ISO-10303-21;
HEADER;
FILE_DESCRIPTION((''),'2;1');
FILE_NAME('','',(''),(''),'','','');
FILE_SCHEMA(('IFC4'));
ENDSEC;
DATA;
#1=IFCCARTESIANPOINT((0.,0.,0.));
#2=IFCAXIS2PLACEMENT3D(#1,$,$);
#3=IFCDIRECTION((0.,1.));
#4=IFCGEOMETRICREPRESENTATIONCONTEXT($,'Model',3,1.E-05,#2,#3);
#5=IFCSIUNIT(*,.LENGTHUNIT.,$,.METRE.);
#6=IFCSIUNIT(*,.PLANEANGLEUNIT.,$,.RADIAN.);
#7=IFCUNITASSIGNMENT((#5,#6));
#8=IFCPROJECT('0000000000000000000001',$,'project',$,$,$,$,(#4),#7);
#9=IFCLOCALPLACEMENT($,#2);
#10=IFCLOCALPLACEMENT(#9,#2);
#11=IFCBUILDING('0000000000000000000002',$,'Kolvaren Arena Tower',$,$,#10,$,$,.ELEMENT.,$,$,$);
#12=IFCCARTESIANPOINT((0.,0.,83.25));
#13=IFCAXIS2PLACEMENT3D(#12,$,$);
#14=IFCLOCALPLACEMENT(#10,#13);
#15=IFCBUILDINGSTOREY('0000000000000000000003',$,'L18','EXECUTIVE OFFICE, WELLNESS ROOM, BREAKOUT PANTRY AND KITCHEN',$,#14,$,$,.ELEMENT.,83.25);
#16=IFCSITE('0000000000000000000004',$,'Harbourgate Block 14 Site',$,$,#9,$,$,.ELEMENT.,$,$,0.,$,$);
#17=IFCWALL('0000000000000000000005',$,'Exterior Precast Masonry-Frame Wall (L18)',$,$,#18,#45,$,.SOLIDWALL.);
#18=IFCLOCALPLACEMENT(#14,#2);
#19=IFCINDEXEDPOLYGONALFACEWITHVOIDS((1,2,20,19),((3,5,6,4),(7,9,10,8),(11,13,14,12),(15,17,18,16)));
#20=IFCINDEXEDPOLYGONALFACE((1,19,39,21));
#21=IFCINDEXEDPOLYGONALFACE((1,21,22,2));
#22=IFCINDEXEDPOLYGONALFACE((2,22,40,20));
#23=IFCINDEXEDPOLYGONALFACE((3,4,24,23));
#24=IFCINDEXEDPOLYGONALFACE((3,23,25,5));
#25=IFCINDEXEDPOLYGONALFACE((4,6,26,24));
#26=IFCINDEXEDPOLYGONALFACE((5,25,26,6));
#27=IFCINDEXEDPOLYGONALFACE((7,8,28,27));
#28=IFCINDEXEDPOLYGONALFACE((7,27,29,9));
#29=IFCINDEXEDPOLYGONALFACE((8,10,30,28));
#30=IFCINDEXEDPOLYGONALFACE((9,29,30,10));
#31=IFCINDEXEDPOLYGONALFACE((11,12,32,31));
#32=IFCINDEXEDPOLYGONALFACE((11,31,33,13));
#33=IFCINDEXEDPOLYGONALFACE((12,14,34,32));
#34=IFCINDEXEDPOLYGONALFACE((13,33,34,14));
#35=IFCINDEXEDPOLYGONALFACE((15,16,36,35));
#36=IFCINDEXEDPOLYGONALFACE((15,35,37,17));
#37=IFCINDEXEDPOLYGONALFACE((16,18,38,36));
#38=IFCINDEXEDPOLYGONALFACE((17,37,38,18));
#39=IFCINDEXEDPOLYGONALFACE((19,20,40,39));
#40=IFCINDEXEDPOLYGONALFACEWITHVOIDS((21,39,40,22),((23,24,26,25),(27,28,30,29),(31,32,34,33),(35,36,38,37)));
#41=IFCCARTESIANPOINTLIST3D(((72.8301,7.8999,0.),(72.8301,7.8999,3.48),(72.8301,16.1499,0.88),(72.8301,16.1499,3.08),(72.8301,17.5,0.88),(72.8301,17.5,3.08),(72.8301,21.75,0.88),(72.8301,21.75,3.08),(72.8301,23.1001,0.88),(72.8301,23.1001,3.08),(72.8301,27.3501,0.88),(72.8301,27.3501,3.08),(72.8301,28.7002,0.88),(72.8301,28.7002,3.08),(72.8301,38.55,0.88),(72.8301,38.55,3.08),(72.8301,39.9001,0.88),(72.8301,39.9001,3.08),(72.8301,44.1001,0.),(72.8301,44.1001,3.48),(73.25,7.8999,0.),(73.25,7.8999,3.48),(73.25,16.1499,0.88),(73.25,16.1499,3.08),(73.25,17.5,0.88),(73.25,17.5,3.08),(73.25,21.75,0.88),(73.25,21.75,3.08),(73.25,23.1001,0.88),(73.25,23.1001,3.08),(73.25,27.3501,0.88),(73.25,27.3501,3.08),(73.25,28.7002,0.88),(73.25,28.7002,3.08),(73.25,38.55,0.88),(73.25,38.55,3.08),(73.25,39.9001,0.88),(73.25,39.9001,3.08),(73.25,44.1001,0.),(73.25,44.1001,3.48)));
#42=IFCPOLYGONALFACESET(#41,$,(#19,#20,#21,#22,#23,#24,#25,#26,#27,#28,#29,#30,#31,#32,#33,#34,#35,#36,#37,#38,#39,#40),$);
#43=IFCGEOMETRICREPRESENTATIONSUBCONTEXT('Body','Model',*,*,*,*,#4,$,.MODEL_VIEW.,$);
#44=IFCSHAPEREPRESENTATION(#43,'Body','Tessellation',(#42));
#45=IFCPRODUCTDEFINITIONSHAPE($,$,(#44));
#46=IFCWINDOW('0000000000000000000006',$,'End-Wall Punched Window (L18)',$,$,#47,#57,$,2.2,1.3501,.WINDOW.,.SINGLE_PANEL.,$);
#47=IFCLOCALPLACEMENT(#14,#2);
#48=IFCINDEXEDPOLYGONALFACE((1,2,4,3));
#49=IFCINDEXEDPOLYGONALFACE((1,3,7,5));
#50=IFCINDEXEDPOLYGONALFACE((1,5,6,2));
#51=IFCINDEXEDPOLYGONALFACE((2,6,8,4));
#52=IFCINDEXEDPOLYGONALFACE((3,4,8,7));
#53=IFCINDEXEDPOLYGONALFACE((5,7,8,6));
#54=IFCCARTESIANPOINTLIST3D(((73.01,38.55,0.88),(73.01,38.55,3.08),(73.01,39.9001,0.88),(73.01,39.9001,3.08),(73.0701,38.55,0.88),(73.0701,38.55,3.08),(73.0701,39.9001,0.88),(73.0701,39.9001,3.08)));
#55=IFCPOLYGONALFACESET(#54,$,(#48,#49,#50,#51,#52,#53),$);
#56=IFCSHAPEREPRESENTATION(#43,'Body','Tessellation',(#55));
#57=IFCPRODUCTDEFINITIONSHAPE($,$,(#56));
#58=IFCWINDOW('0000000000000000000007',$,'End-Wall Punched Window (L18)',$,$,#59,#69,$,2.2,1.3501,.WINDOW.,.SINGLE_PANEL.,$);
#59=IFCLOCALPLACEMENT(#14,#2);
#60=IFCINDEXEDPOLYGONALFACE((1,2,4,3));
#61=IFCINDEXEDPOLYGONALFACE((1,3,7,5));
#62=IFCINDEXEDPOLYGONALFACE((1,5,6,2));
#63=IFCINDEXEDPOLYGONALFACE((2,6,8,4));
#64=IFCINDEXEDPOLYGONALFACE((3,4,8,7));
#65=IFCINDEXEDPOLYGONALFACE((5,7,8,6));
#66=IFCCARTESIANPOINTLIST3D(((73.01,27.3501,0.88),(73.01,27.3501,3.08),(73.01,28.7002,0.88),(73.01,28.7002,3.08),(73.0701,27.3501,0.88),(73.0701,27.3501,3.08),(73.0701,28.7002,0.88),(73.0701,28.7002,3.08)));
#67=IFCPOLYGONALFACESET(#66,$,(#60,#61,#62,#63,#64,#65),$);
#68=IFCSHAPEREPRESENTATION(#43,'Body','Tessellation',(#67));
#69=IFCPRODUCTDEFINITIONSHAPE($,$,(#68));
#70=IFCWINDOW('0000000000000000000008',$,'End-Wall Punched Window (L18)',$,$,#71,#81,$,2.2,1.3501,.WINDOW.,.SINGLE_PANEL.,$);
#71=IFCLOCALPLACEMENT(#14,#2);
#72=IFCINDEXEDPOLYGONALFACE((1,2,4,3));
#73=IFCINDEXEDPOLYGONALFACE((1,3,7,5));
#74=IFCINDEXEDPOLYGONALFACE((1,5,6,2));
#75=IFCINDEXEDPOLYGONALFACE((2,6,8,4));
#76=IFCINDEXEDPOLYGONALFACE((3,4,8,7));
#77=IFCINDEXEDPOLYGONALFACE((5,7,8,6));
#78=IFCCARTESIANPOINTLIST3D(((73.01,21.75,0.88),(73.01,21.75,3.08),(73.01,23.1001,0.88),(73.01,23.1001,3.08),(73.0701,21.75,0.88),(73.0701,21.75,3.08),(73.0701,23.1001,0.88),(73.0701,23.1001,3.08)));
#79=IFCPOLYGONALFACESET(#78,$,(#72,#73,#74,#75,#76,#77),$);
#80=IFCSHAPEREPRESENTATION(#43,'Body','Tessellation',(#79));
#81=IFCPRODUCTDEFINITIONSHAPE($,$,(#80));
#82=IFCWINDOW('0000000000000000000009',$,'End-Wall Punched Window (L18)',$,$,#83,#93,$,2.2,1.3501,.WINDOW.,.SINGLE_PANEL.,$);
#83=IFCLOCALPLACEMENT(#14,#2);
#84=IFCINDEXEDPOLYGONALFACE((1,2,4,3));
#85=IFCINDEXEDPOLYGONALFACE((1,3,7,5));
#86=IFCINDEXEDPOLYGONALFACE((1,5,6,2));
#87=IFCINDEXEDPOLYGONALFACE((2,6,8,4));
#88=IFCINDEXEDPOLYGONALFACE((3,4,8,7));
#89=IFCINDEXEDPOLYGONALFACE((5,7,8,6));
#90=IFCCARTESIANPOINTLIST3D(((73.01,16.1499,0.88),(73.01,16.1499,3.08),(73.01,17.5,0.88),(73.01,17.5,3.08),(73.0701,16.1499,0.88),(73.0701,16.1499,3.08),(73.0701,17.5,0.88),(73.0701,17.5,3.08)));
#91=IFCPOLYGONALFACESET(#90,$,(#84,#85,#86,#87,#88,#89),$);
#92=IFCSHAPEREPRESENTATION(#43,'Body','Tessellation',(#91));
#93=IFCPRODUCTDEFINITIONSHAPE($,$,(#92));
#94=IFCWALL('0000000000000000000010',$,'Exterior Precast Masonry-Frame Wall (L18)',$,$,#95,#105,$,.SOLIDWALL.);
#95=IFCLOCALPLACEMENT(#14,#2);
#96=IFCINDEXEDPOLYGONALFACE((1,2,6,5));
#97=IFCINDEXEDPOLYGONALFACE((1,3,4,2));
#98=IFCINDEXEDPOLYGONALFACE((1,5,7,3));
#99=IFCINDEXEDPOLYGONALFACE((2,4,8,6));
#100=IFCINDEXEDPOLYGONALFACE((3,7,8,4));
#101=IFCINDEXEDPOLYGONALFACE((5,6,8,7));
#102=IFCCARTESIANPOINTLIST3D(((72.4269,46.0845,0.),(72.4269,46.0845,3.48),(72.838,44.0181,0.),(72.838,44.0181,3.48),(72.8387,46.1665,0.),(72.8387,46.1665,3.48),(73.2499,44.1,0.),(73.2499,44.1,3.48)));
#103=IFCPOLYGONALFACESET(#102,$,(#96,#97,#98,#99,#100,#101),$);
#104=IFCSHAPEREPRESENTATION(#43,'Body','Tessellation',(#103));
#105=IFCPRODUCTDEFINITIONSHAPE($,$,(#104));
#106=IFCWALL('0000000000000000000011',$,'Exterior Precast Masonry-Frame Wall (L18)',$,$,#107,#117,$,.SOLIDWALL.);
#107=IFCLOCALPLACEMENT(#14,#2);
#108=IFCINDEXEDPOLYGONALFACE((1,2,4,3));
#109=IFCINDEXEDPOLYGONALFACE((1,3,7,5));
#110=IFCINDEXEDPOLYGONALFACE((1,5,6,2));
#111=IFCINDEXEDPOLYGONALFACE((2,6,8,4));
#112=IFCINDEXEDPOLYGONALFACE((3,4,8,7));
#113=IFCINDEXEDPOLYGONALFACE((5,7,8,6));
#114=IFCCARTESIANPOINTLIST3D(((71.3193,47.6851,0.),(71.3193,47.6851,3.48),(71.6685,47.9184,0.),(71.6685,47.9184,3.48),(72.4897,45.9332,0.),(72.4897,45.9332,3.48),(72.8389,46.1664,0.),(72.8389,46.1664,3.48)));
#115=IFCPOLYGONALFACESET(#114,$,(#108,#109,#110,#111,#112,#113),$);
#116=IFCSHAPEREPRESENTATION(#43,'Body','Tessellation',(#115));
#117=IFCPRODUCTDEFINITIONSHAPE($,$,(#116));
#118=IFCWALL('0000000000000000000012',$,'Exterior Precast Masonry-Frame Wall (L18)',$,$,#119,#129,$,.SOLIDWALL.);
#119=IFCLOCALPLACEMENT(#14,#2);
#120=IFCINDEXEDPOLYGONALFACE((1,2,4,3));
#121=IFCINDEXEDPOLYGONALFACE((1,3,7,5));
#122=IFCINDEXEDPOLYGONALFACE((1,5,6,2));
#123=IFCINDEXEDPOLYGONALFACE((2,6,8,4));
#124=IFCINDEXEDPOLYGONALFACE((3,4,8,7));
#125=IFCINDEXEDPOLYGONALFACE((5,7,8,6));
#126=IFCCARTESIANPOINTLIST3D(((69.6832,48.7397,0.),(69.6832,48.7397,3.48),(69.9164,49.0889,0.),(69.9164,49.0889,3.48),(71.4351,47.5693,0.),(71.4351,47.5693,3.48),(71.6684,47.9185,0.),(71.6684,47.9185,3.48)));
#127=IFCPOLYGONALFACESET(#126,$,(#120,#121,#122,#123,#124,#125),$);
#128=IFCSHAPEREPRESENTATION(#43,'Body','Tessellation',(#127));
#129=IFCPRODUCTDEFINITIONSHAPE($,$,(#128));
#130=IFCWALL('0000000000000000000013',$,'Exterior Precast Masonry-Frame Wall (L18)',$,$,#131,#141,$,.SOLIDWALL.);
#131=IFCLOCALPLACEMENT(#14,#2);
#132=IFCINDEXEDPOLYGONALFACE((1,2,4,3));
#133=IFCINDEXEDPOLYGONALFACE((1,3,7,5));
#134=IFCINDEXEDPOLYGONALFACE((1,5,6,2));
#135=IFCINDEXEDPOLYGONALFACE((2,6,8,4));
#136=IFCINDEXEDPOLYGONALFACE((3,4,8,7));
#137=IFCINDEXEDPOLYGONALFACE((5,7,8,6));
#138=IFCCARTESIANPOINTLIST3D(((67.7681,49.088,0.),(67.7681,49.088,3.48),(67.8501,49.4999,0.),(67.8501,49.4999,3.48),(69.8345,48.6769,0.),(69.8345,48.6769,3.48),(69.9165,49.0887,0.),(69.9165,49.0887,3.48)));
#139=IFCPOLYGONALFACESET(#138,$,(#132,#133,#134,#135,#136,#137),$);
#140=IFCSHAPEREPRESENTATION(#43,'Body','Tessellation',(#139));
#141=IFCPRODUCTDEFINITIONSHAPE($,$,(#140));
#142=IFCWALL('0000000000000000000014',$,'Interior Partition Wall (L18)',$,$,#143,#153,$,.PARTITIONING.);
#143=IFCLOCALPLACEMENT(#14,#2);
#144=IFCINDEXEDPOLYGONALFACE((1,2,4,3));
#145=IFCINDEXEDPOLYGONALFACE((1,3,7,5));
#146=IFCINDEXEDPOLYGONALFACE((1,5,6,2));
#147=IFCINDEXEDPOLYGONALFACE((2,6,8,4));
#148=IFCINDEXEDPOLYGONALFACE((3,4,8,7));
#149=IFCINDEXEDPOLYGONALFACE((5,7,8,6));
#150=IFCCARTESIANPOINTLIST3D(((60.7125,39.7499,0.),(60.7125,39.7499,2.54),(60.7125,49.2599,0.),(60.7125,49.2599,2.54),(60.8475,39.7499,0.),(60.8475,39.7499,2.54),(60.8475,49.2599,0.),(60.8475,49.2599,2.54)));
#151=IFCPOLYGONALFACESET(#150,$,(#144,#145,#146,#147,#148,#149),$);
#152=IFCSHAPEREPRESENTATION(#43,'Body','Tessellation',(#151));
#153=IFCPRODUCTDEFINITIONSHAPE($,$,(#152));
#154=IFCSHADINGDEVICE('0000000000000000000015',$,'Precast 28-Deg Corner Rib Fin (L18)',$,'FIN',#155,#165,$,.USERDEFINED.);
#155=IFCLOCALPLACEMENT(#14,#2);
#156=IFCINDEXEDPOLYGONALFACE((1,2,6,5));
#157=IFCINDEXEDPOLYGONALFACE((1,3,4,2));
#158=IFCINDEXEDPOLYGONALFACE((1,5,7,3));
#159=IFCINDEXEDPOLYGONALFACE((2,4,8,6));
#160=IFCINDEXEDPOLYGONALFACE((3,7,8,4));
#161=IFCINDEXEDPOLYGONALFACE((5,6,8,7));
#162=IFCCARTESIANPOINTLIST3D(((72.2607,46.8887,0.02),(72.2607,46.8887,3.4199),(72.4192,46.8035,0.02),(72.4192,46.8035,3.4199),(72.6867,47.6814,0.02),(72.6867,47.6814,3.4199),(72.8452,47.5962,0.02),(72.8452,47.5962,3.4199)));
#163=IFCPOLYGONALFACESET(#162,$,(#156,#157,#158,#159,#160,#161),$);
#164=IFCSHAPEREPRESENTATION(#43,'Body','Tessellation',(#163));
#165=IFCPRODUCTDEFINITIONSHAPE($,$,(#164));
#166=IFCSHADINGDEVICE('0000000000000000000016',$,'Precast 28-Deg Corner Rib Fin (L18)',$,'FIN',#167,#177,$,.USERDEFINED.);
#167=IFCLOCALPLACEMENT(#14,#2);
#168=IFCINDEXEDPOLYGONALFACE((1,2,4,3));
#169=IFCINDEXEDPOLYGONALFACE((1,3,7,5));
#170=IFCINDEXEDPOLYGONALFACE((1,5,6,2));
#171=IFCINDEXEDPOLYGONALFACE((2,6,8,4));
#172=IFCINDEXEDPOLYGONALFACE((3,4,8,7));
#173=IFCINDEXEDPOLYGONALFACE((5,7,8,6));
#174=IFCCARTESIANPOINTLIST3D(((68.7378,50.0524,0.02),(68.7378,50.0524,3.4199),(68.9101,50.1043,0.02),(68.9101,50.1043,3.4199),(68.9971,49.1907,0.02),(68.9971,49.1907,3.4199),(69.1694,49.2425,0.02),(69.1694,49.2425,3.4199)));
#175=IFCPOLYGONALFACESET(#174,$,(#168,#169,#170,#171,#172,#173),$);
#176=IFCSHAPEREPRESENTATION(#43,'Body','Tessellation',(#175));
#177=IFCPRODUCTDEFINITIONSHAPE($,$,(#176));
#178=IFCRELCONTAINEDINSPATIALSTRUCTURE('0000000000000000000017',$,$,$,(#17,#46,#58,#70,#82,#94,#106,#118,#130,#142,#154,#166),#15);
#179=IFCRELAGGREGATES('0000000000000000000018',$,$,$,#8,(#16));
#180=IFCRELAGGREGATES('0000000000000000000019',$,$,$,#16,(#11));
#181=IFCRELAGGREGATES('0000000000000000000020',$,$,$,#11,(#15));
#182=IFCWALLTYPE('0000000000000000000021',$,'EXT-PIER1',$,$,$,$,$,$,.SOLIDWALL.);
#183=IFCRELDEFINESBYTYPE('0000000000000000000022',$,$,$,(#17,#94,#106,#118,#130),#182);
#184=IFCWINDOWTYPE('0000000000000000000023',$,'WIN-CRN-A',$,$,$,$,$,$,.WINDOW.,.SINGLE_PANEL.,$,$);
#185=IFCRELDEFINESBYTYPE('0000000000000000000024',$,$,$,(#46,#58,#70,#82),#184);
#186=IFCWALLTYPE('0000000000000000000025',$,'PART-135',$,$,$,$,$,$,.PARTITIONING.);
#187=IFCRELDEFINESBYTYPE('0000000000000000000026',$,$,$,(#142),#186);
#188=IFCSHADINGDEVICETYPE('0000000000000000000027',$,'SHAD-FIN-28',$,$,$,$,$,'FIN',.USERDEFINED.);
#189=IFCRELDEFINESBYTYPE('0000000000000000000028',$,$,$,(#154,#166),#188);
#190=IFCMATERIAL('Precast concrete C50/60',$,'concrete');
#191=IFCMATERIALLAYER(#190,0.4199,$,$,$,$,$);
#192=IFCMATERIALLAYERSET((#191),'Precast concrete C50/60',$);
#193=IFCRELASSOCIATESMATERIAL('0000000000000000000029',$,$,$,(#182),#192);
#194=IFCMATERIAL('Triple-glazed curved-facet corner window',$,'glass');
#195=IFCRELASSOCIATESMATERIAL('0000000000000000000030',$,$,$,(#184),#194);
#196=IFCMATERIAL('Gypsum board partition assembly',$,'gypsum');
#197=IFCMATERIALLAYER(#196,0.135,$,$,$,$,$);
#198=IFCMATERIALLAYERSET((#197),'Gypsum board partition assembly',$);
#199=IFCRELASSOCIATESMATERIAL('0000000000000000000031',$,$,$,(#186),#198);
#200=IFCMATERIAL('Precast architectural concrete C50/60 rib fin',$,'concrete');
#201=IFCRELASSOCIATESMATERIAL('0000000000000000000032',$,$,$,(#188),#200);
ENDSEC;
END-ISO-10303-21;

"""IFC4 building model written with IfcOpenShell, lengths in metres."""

from ifc_helpers import new_model, si_unit, direction, frame, frame_2d, origin, origin_2d, place, context, subcontext, project, spatial, rectangle, extrude, material, layer, layer_set, type_object, element, fill, save


model = new_model("IFC4")

# Units and contexts
model_context = context("Model", 3, precision=1e-05, world=origin(), true_north=direction((0.0, 1.0)))
body_context = subcontext(model_context, "Body", "Model", "MODEL_VIEW")
ifc_project = project(units=[si_unit("LENGTHUNIT", "METRE"), si_unit("PLANEANGLEUNIT", "RADIAN")], contexts=[model_context])

# Site, building, storey
site_placement = place(None, origin())
site = spatial("IfcSite", under=ifc_project, at=site_placement, Name="Harbourgate Block 14 Site", CompositionType="ELEMENT", RefElevation=0.0)
building_placement = place(site_placement, origin())
building = spatial("IfcBuilding", under=site, at=building_placement, Name="Kolvaren Arena Tower", CompositionType="ELEMENT")
storey_placement = place(building_placement, frame((0.0, 0.0, 83.25)))
storey = spatial("IfcBuildingStorey", under=building, at=storey_placement, Name="L18", Description="EXECUTIVE OFFICE, WELLNESS ROOM, BREAKOUT PANTRY AND KITCHEN", CompositionType="ELEMENT", Elevation=83.25)

# Wall, openings, windows
ifc_material_1 = material(Name="Precast concrete C50/60", Category="concrete")
ifc_layer_1 = layer(ifc_material_1, 0.4199)
ifc_layer_set_1 = layer_set([ifc_layer_1], Name="Precast concrete C50/60")
wall_type_1 = type_object("IfcWallType", Name="EXT-PIER1", PredefinedType="SOLIDWALL", material=ifc_layer_set_1)
wall_1_placement = place(storey_placement, frame((73.04, 44.1001, 0.0), z_axis=(0.0, 0.0, 1.0), x_axis=(0.0, -1.0, 0.0)))
wall_1 = element("IfcWall", 1, at=wall_1_placement, inside=storey, type_object=wall_type_1, Name="Exterior Precast Masonry-Frame Wall (L18)", PredefinedType="SOLIDWALL", context=body_context, shape_type="SweptSolid", body=[
    extrude(rectangle(XDim=36.2002, YDim=0.4199, at=frame_2d((18.1001, 0.0))), origin(), (0.0, 0.0, 1.0), 3.48),
])
opening_1_placement = place(wall_1_placement, frame((4.2, 0.0, 0.8799)))
opening_1 = element("IfcOpeningElement", 2, at=opening_1_placement, cuts=wall_1, PredefinedType="OPENING", context=body_context, shape_type="SweptSolid", body=[
    extrude(rectangle(XDim=1.3501, YDim=2.2, at=frame_2d((0.675, 1.1001))), frame((0.0, 0.22, 0.0), z_axis=(0.0, -1.0, 0.0), x_axis=(1.0, 0.0, 0.0)), (0.0, 0.0, 1.0), 0.4399),
])
opening_2_placement = place(wall_1_placement, frame((15.3999, 0.0, 0.8799)))
opening_2 = element("IfcOpeningElement", 3, at=opening_2_placement, cuts=wall_1, PredefinedType="OPENING", context=body_context, shape_type="SweptSolid", body=[
    extrude(rectangle(XDim=1.3501, YDim=2.2, at=frame_2d((0.675, 1.1001))), frame((0.0, 0.22, 0.0), z_axis=(0.0, -1.0, 0.0), x_axis=(1.0, 0.0, 0.0)), (0.0, 0.0, 1.0), 0.4399),
])
opening_3_placement = place(wall_1_placement, frame((21.0, 0.0, 0.8799)))
opening_3 = element("IfcOpeningElement", 4, at=opening_3_placement, cuts=wall_1, PredefinedType="OPENING", context=body_context, shape_type="SweptSolid", body=[
    extrude(rectangle(XDim=1.3501, YDim=2.2, at=frame_2d((0.675, 1.1001))), frame((0.0, 0.22, 0.0), z_axis=(0.0, -1.0, 0.0), x_axis=(1.0, 0.0, 0.0)), (0.0, 0.0, 1.0), 0.4399),
])
opening_4_placement = place(wall_1_placement, frame((26.6001, 0.0, 0.8799)))
opening_4 = element("IfcOpeningElement", 5, at=opening_4_placement, cuts=wall_1, PredefinedType="OPENING", context=body_context, shape_type="SweptSolid", body=[
    extrude(rectangle(XDim=1.3501, YDim=2.2, at=frame_2d((0.675, 1.1001))), frame((0.0, 0.22, 0.0), z_axis=(0.0, -1.0, 0.0), x_axis=(1.0, 0.0, 0.0)), (0.0, 0.0, 1.0), 0.4399),
])
ifc_material_2 = material(Name="Triple-glazed curved-facet corner window", Category="glass")
window_type = type_object("IfcWindowType", Name="WIN-CRN-A", PartitioningType="SINGLE_PANEL", PredefinedType="WINDOW", material=ifc_material_2)
window_1_placement = place(opening_1_placement, origin())
window_1 = element("IfcWindow", 6, at=window_1_placement, inside=storey, type_object=window_type, Name="End-Wall Punched Window (L18)", OverallHeight=2.2, OverallWidth=1.3501, PartitioningType="SINGLE_PANEL", PredefinedType="WINDOW", context=body_context, shape_type="SweptSolid", body=[
    extrude(rectangle(XDim=1.3501, YDim=2.2, at=frame_2d((0.675, 1.1001))), frame((0.0, 0.03, 0.0), z_axis=(0.0, -1.0, 0.0), x_axis=(1.0, 0.0, 0.0)), (0.0, 0.0, 1.0), 0.0601),
])
fill(opening_1, window_1)
window_2_placement = place(opening_2_placement, origin())
window_2 = element("IfcWindow", 7, at=window_2_placement, inside=storey, type_object=window_type, Name="End-Wall Punched Window (L18)", OverallHeight=2.2, OverallWidth=1.3501, PartitioningType="SINGLE_PANEL", PredefinedType="WINDOW", context=body_context, shape_type="SweptSolid", body=[
    extrude(rectangle(XDim=1.3501, YDim=2.2, at=frame_2d((0.675, 1.1001))), frame((0.0, 0.03, 0.0), z_axis=(0.0, -1.0, 0.0), x_axis=(1.0, 0.0, 0.0)), (0.0, 0.0, 1.0), 0.0601),
])
fill(opening_2, window_2)
window_3_placement = place(opening_3_placement, origin())
window_3 = element("IfcWindow", 8, at=window_3_placement, inside=storey, type_object=window_type, Name="End-Wall Punched Window (L18)", OverallHeight=2.2, OverallWidth=1.3501, PartitioningType="SINGLE_PANEL", PredefinedType="WINDOW", context=body_context, shape_type="SweptSolid", body=[
    extrude(rectangle(XDim=1.3501, YDim=2.2, at=frame_2d((0.675, 1.1001))), frame((0.0, 0.03, 0.0), z_axis=(0.0, -1.0, 0.0), x_axis=(1.0, 0.0, 0.0)), (0.0, 0.0, 1.0), 0.0601),
])
fill(opening_3, window_3)
window_4_placement = place(opening_4_placement, origin())
window_4 = element("IfcWindow", 9, at=window_4_placement, inside=storey, type_object=window_type, Name="End-Wall Punched Window (L18)", OverallHeight=2.2, OverallWidth=1.3501, PartitioningType="SINGLE_PANEL", PredefinedType="WINDOW", context=body_context, shape_type="SweptSolid", body=[
    extrude(rectangle(XDim=1.3501, YDim=2.2, at=frame_2d((0.675, 1.1001))), frame((0.0, 0.03, 0.0), z_axis=(0.0, -1.0, 0.0), x_axis=(1.0, 0.0, 0.0)), (0.0, 0.0, 1.0), 0.0601),
])
fill(opening_4, window_4)

# Walls
for number, where, z_axis, x_axis, name in (
    (10, (72.6328, 46.1255, 0.0), (0.0, 0.0, 1.0), (0.195136, -0.980776, 0.0), "Exterior Precast Masonry-Frame Wall (L18)"),
    (11, (71.4939, 47.8018, 0.0), (0.0, 0.0, 1.0), (0.555502, -0.831515, 0.0), "Exterior Precast Masonry-Frame Wall (L18)"),
    (12, (69.7998, 48.9143, 0.0), (0.0, 0.0, 1.0), (0.831515, -0.555502, 0.0), "Exterior Precast Masonry-Frame Wall (L18)"),
    (13, (67.8091, 49.2939, 0.0), (0.0, 0.0, 1.0), (0.980776, -0.195136, 0.0), "Exterior Precast Masonry-Frame Wall (L18)"),
):
    element("IfcWall", number, at=place(storey_placement, frame(where, z_axis=z_axis, x_axis=x_axis)), inside=storey, type_object=wall_type_1, Name=name, PredefinedType="SOLIDWALL", context=body_context, shape_type="SweptSolid", body=[
        extrude(rectangle(XDim=2.1069, YDim=0.4199, at=frame_2d((1.0535, 0.0))), origin(), (0.0, 0.0, 1.0), 3.48),
    ])
ifc_material_3 = material(Name="Gypsum board partition assembly", Category="gypsum")
ifc_layer_2 = layer(ifc_material_3, 0.135)
ifc_layer_set_2 = layer_set([ifc_layer_2], Name="Gypsum board partition assembly")
wall_type_2 = type_object("IfcWallType", Name="PART-135", PredefinedType="PARTITIONING", material=ifc_layer_set_2)
wall_2_placement = place(storey_placement, frame((60.78, 39.75, 0.0), z_axis=(0.0, 0.0, 1.0), x_axis=(0.0, 1.0, 0.0)))
element("IfcWall", 14, at=wall_2_placement, inside=storey, type_object=wall_type_2, Name="Interior Partition Wall (L18)", PredefinedType="PARTITIONING", context=body_context, shape_type="SweptSolid", body=[
    extrude(rectangle(XDim=9.51, YDim=0.135, at=frame_2d((4.7549, 0.0))), origin(), (0.0, 0.0, 1.0), 2.54),
])

# Shading devices
ifc_material_4 = material(Name="Precast architectural concrete C50/60 rib fin", Category="concrete")
shading_device_type_1 = type_object("IfcShadingDeviceType", Name="SHAD-FIN-28", ElementType="FIN", PredefinedType="USERDEFINED", material=ifc_material_4)
for number, where, z_axis, x_axis, name in (
    (15, (72.553, 47.2424, 0.02), (0.0, 0.0, 1.0), (0.473349, 0.880875, 0.0), "Precast 28-Deg Corner Rib Fin (L18)"),
    (16, (68.9536, 49.6475, 0.02), (0.0, 0.0, 1.0), (-0.288175, 0.957578, 0.0), "Precast 28-Deg Corner Rib Fin (L18)"),
):
    element("IfcShadingDevice", number, at=place(storey_placement, frame(where, z_axis=z_axis, x_axis=x_axis)), inside=storey, type_object=shading_device_type_1, Name=name, ObjectType="FIN", PredefinedType="USERDEFINED", context=body_context, shape_type="SweptSolid", body=[
        extrude(rectangle(XDim=0.8999, YDim=0.1799, at=origin_2d()), origin(), (0.0, 0.0, 1.0), 3.3999),
    ])

save(model, "model.ifc")
